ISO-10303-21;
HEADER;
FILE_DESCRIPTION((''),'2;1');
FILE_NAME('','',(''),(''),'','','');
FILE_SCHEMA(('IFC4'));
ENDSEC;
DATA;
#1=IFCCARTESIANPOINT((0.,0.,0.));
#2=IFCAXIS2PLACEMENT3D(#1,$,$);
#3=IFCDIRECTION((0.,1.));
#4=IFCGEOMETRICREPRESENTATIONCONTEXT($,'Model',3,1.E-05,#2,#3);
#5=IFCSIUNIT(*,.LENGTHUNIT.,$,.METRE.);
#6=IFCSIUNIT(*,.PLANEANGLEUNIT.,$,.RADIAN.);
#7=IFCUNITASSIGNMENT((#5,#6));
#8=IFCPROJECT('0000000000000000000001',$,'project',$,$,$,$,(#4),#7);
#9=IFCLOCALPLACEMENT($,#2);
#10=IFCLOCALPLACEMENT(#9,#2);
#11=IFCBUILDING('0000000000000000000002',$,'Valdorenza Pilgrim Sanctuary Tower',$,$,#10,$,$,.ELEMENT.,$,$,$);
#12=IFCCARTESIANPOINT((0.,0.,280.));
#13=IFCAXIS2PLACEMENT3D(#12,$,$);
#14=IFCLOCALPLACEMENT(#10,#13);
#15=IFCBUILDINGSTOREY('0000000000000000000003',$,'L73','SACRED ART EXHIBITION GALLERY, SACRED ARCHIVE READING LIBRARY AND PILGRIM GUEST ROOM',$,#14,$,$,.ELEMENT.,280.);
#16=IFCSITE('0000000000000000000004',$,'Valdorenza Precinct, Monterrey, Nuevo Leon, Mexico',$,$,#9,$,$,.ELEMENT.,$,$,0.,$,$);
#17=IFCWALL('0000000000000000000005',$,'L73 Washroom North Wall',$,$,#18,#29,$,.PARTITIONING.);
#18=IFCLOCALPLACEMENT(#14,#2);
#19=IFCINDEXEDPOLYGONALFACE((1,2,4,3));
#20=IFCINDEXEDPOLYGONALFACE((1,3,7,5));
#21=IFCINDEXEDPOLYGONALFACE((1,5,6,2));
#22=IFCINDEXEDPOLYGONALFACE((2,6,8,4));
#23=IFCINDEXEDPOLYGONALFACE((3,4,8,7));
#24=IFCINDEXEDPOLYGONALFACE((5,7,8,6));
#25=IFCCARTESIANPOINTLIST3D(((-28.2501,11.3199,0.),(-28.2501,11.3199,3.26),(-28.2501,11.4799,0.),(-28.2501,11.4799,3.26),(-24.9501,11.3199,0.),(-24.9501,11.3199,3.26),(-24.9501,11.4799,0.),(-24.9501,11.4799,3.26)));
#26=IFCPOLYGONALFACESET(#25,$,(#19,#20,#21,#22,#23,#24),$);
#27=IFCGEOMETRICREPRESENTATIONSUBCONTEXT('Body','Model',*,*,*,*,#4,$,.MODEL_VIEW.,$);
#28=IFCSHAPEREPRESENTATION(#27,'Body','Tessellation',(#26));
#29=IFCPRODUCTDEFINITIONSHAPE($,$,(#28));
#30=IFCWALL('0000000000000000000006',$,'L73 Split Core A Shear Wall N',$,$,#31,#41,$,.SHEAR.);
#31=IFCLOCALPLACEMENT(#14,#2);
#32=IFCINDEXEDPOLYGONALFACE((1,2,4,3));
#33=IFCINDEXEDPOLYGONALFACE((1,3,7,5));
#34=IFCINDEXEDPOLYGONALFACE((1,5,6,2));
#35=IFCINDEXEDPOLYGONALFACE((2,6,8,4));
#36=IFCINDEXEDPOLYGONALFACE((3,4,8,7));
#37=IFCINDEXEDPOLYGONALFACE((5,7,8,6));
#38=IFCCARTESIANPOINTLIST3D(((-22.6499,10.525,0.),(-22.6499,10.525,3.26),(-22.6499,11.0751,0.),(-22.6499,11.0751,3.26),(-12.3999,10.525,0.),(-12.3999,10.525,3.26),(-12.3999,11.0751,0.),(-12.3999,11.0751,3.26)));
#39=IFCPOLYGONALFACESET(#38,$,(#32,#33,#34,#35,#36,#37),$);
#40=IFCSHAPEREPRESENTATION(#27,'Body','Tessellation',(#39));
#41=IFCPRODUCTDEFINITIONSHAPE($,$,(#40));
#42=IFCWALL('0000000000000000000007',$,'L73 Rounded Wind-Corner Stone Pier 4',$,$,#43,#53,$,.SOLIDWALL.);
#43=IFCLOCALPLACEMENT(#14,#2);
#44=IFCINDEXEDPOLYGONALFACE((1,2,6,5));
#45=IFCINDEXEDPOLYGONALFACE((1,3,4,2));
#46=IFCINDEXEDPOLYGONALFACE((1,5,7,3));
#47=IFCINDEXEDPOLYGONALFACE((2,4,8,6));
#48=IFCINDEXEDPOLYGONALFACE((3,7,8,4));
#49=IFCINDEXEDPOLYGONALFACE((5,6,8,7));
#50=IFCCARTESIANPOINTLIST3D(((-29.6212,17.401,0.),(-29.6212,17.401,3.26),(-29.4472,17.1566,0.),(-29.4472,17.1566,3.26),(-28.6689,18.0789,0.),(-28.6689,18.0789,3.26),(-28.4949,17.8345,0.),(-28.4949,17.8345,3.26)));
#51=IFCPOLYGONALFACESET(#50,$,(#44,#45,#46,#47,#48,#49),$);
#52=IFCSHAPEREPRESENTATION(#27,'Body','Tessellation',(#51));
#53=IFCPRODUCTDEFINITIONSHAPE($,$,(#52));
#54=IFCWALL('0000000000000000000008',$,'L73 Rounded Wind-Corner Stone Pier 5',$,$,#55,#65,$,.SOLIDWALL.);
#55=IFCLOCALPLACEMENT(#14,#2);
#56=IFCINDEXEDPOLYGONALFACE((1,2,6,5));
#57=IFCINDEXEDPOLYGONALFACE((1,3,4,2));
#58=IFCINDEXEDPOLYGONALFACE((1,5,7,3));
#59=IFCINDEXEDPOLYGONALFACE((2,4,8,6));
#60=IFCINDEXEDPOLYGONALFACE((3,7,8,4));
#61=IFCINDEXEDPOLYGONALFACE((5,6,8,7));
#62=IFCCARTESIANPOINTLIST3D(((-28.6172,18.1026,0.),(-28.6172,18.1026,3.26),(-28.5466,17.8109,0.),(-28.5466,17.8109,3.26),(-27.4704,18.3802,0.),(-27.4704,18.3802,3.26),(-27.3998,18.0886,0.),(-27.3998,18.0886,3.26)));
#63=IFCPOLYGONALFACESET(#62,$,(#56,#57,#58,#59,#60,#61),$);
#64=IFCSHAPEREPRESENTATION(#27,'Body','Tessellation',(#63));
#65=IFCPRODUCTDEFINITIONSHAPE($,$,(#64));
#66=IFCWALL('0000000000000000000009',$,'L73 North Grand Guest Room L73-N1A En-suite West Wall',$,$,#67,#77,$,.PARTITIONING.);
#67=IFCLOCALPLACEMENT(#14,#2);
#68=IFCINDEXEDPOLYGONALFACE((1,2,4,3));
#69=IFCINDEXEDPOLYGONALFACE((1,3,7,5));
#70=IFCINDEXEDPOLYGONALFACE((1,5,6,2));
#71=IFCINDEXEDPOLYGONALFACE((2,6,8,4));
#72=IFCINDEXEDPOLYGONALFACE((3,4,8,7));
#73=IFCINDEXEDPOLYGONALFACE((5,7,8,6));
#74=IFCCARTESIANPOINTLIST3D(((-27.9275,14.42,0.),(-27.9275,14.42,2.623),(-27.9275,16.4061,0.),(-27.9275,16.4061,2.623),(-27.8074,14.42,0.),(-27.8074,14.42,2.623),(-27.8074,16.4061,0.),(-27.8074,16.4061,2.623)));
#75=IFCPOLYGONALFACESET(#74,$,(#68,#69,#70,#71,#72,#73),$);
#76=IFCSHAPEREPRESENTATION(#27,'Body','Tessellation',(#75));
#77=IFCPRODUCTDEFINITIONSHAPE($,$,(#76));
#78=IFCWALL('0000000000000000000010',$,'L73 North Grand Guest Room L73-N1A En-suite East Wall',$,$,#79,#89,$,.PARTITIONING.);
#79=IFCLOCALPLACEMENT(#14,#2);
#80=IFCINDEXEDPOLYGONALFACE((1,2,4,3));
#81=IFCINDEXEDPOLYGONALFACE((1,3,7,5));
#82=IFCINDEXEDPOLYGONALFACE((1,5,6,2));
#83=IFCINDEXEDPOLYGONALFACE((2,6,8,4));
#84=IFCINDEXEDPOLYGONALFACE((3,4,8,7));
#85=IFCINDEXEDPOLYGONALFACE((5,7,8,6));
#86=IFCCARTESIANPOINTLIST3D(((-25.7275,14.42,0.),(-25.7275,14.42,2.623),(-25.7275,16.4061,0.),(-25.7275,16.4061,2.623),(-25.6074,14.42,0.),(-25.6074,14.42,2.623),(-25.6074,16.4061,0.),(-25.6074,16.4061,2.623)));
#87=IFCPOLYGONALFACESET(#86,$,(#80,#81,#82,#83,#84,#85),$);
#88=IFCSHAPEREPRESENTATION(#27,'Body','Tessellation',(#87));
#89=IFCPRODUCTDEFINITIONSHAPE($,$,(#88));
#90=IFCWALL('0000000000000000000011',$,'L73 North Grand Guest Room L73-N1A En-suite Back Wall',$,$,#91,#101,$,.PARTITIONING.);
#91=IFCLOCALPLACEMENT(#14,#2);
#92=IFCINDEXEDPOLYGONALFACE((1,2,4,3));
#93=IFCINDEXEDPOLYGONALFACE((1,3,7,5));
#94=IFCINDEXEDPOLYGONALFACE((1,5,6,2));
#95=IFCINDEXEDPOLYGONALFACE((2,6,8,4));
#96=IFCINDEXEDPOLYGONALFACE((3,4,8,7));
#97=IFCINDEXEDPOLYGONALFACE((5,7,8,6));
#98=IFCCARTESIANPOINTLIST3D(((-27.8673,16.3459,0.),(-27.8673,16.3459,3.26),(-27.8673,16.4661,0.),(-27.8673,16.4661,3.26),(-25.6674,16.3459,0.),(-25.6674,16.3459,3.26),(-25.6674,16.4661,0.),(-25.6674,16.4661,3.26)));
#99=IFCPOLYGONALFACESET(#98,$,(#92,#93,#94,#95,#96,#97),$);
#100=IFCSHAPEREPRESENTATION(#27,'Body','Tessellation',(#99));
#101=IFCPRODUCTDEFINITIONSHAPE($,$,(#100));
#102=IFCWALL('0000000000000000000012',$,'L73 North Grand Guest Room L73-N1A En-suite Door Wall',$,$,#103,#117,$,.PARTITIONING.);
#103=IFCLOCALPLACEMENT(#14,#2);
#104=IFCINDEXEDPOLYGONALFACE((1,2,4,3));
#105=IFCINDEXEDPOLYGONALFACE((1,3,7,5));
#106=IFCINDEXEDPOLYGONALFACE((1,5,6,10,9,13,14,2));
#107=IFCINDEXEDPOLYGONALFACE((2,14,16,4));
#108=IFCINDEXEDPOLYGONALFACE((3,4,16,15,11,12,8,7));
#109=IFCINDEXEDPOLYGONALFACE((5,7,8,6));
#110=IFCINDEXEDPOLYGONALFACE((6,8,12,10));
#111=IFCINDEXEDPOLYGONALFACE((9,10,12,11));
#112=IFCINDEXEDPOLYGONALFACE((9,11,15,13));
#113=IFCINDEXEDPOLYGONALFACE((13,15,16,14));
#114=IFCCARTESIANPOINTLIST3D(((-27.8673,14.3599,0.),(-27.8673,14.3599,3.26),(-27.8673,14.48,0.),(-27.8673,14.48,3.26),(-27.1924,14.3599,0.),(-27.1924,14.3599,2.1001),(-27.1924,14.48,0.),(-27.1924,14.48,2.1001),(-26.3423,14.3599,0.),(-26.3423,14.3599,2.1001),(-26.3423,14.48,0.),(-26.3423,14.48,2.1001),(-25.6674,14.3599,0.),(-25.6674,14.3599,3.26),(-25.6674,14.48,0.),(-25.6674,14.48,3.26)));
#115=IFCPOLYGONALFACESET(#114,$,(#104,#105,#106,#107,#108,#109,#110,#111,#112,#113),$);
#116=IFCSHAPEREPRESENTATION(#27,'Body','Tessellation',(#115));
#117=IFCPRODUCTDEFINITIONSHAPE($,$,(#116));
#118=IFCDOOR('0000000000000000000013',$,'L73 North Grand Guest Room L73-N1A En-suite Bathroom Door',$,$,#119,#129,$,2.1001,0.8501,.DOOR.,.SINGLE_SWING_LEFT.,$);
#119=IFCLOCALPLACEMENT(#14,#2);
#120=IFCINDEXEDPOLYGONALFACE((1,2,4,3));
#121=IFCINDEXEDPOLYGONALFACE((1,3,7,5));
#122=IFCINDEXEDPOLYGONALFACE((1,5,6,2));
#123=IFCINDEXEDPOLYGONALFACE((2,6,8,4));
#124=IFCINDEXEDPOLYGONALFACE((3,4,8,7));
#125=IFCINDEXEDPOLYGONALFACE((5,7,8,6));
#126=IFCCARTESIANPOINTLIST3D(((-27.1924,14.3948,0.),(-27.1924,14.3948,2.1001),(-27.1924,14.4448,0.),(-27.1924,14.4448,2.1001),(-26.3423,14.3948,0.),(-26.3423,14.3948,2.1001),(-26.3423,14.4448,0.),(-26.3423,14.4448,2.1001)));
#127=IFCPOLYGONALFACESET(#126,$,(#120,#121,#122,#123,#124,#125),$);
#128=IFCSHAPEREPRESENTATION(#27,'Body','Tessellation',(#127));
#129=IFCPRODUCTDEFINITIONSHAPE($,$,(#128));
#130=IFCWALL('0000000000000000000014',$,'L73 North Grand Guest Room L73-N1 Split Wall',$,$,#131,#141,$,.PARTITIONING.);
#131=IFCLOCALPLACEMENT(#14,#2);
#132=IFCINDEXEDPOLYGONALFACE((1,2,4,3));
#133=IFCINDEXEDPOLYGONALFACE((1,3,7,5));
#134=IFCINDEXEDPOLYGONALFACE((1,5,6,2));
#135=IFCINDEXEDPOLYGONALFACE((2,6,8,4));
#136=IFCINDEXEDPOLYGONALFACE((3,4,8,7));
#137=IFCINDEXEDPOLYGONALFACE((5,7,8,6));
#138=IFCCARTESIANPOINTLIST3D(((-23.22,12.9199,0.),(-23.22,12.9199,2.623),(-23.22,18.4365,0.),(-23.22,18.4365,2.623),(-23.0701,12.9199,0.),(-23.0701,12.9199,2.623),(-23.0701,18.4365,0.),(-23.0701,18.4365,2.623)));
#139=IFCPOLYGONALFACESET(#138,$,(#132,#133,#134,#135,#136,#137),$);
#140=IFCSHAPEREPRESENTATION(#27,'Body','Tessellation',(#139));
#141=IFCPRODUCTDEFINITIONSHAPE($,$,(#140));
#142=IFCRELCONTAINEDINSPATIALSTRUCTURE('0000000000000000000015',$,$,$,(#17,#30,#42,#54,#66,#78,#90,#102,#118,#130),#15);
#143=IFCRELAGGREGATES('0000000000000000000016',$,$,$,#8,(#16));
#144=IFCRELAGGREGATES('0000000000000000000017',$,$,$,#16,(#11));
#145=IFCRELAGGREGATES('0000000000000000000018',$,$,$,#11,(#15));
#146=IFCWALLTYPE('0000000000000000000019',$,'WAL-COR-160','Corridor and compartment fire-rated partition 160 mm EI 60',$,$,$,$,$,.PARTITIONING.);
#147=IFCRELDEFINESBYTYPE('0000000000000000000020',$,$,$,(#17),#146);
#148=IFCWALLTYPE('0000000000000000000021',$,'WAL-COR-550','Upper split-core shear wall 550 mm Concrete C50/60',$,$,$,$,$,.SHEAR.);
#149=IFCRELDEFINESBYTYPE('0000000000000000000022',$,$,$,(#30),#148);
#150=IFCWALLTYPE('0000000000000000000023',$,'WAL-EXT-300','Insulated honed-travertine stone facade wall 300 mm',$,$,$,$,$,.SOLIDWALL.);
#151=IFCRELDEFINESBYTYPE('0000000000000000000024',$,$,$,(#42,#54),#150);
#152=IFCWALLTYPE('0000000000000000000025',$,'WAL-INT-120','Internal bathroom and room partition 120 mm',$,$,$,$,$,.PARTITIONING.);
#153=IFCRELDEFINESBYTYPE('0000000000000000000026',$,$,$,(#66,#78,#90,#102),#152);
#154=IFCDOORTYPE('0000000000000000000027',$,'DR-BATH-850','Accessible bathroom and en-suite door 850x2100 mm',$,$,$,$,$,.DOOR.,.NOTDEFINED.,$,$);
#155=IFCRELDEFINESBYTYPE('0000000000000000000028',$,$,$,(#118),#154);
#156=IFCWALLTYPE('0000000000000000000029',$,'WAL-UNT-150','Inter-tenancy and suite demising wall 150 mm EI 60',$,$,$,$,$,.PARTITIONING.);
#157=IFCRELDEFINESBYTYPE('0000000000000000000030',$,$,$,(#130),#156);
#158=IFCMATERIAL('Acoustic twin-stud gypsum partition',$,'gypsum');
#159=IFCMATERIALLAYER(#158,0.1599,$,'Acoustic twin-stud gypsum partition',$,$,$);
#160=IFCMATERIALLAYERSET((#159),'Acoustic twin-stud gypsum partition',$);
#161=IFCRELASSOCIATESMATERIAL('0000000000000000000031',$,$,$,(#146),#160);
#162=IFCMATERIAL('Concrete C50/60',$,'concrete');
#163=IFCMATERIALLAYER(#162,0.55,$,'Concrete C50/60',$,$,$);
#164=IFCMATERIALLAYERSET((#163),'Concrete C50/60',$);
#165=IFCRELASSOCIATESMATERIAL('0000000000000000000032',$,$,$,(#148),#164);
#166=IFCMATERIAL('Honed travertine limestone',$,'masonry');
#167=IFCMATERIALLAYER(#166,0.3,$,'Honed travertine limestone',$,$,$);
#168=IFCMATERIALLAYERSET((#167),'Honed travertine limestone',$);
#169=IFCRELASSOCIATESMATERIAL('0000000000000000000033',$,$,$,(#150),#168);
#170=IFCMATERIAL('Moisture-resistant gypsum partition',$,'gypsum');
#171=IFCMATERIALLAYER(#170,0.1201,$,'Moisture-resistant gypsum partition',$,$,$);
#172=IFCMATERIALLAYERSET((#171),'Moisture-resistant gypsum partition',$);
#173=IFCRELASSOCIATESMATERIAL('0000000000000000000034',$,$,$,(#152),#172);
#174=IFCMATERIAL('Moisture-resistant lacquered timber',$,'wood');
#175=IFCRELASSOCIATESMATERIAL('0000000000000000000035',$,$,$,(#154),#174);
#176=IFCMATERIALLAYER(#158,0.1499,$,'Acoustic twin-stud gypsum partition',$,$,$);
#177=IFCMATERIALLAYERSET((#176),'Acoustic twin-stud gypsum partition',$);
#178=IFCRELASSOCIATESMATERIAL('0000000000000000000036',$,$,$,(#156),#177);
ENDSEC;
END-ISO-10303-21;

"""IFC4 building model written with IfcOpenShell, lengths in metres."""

from ifc_helpers import new_model, si_unit, direction, frame, frame_2d, origin, place, context, subcontext, project, spatial, rectangle, extrude, material, layer, layer_set, type_object, element, fill, save


model = new_model("IFC4")

# Units and contexts
model_context = context("Model", 3, precision=1e-05, world=origin(), true_north=direction((0.0, 1.0)))
body_context = subcontext(model_context, "Body", "Model", "MODEL_VIEW")
ifc_project = project(units=[si_unit("LENGTHUNIT", "METRE"), si_unit("PLANEANGLEUNIT", "RADIAN")], contexts=[model_context])

# Site, building, storey
site_placement = place(None, origin())
site = spatial("IfcSite", under=ifc_project, at=site_placement, Name="Valdorenza Precinct, Monterrey, Nuevo Leon, Mexico", CompositionType="ELEMENT", RefElevation=0.0)
building_placement = place(site_placement, origin())
building = spatial("IfcBuilding", under=site, at=building_placement, Name="Valdorenza Pilgrim Sanctuary Tower", CompositionType="ELEMENT")
storey_placement = place(building_placement, frame((0.0, 0.0, 280.0)))
storey = spatial("IfcBuildingStorey", under=building, at=storey_placement, Name="L73", Description="SACRED ART EXHIBITION GALLERY, SACRED ARCHIVE READING LIBRARY AND PILGRIM GUEST ROOM", CompositionType="ELEMENT", Elevation=280.0)

# Shared definitions
ifc_material_1 = material(Name="Concrete C50/60", Category="concrete")

# Shared definitions
ifc_material_2 = material(Name="Honed travertine limestone", Category="masonry")

# Walls
ifc_material_3 = material(Name="Acoustic twin-stud gypsum partition", Category="gypsum")
ifc_layer_1 = layer(ifc_material_3, 0.1599, Name="Acoustic twin-stud gypsum partition")
ifc_layer_set_1 = layer_set([ifc_layer_1], Name="Acoustic twin-stud gypsum partition")
wall_type_1 = type_object("IfcWallType", Name="WAL-COR-160", Description="Corridor and compartment fire-rated partition 160 mm EI 60", PredefinedType="PARTITIONING", material=ifc_layer_set_1)
wall_1_placement = place(storey_placement, frame((-28.25, 11.3999, 0.0), z_axis=(0.0, 0.0, 1.0), x_axis=(1.0, 0.0, 0.0)))
element("IfcWall", 1, at=wall_1_placement, inside=storey, type_object=wall_type_1, Name="L73 Washroom North Wall", PredefinedType="PARTITIONING", context=body_context, shape_type="SweptSolid", body=[
    extrude(rectangle(XDim=3.3, YDim=0.1599, at=frame_2d((1.6499, 0.0))), origin(), (0.0, 0.0, 1.0), 3.26),
])
ifc_layer_2 = layer(ifc_material_1, 0.55, Name="Concrete C50/60")
ifc_layer_set_2 = layer_set([ifc_layer_2], Name="Concrete C50/60")
wall_type_2 = type_object("IfcWallType", Name="WAL-COR-550", Description="Upper split-core shear wall 550 mm Concrete C50/60", PredefinedType="SHEAR", material=ifc_layer_set_2)
wall_2_placement = place(storey_placement, frame((-22.6499, 10.8, 0.0), z_axis=(0.0, 0.0, 1.0), x_axis=(1.0, 0.0, 0.0)))
element("IfcWall", 2, at=wall_2_placement, inside=storey, type_object=wall_type_2, Name="L73 Split Core A Shear Wall N", PredefinedType="SHEAR", context=body_context, shape_type="SweptSolid", body=[
    extrude(rectangle(XDim=10.25, YDim=0.55, at=frame_2d((5.125, 0.0))), origin(), (0.0, 0.0, 1.0), 3.26),
])
ifc_layer_3 = layer(ifc_material_2, 0.3, Name="Honed travertine limestone")
ifc_layer_set_3 = layer_set([ifc_layer_3], Name="Honed travertine limestone")
wall_type_3 = type_object("IfcWallType", Name="WAL-EXT-300", Description="Insulated honed-travertine stone facade wall 300 mm", PredefinedType="SOLIDWALL", material=ifc_layer_set_3)
wall_3_placement = place(storey_placement, frame((-29.5342, 17.2788, 0.0), z_axis=(0.0, 0.0, 1.0), x_axis=(0.814664, 0.579934, 0.0)))
element("IfcWall", 3, at=wall_3_placement, inside=storey, type_object=wall_type_3, Name="L73 Rounded Wind-Corner Stone Pier 4", PredefinedType="SOLIDWALL", context=body_context, shape_type="SweptSolid", body=[
    extrude(rectangle(XDim=1.1689, YDim=0.3, at=frame_2d((0.5845, 0.0))), origin(), (0.0, 0.0, 1.0), 3.26),
])
wall_4_placement = place(storey_placement, frame((-28.5818, 17.9568, 0.0), z_axis=(0.0, 0.0, 1.0), x_axis=(0.971929, 0.235274, 0.0)))
element("IfcWall", 4, at=wall_4_placement, inside=storey, type_object=wall_type_3, Name="L73 Rounded Wind-Corner Stone Pier 5", PredefinedType="SOLIDWALL", context=body_context, shape_type="SweptSolid", body=[
    extrude(rectangle(XDim=1.1799, YDim=0.3, at=frame_2d((0.5898, 0.0))), origin(), (0.0, 0.0, 1.0), 3.26),
])
ifc_material_4 = material(Name="Moisture-resistant gypsum partition", Category="gypsum")
ifc_layer_4 = layer(ifc_material_4, 0.1201, Name="Moisture-resistant gypsum partition")
ifc_layer_set_4 = layer_set([ifc_layer_4], Name="Moisture-resistant gypsum partition")
wall_type_4 = type_object("IfcWallType", Name="WAL-INT-120", Description="Internal bathroom and room partition 120 mm", PredefinedType="PARTITIONING", material=ifc_layer_set_4)
for number, where, z_axis, x_axis, name in (
    (5, (-27.8674, 14.4199, 0.0), (0.0, 0.0, 1.0), (0.0, 1.0, 0.0), "L73 North Grand Guest Room L73-N1A En-suite West Wall"),
    (6, (-25.6675, 14.4199, 0.0), (0.0, 0.0, 1.0), (0.0, 1.0, 0.0), "L73 North Grand Guest Room L73-N1A En-suite East Wall"),
):
    element("IfcWall", number, at=place(storey_placement, frame(where, z_axis=z_axis, x_axis=x_axis)), inside=storey, type_object=wall_type_4, Name=name, PredefinedType="PARTITIONING", context=body_context, shape_type="SweptSolid", body=[
        extrude(rectangle(XDim=1.9861, YDim=0.1201, at=frame_2d((0.9932, 0.0))), origin(), (0.0, 0.0, 1.0), 2.623),
    ])
wall_5_placement = place(storey_placement, frame((-27.8674, 16.406, 0.0), z_axis=(0.0, 0.0, 1.0), x_axis=(1.0, 0.0, 0.0)))
element("IfcWall", 7, at=wall_5_placement, inside=storey, type_object=wall_type_4, Name="L73 North Grand Guest Room L73-N1A En-suite Back Wall", PredefinedType="PARTITIONING", context=body_context, shape_type="SweptSolid", body=[
    extrude(rectangle(XDim=2.2, YDim=0.1201, at=frame_2d((1.1001, 0.0))), origin(), (0.0, 0.0, 1.0), 3.26),
])

# Wall, opening, door
wall_6_placement = place(storey_placement, frame((-27.8674, 14.4199, 0.0), z_axis=(0.0, 0.0, 1.0), x_axis=(1.0, 0.0, 0.0)))
wall_6 = element("IfcWall", 8, at=wall_6_placement, inside=storey, type_object=wall_type_4, Name="L73 North Grand Guest Room L73-N1A En-suite Door Wall", PredefinedType="PARTITIONING", context=body_context, shape_type="SweptSolid", body=[
    extrude(rectangle(XDim=2.2, YDim=0.1201, at=frame_2d((1.1001, 0.0))), origin(), (0.0, 0.0, 1.0), 3.26),
])
opening_placement = place(wall_6_placement, frame((0.675, 0.0, 0.0)))
opening = element("IfcOpeningElement", 9, at=opening_placement, cuts=wall_6, PredefinedType="OPENING", context=body_context, shape_type="SweptSolid", body=[
    extrude(rectangle(XDim=0.8501, YDim=2.1001, at=frame_2d((0.425, 1.05))), frame((0.0, 0.075, 0.0), z_axis=(0.0, -1.0, 0.0), x_axis=(1.0, 0.0, 0.0)), (0.0, 0.0, 1.0), 0.1499),
])
ifc_material_5 = material(Name="Moisture-resistant lacquered timber", Category="wood")
door_type = type_object("IfcDoorType", Name="DR-BATH-850", Description="Accessible bathroom and en-suite door 850x2100 mm", OperationType="NOTDEFINED", PredefinedType="DOOR", material=ifc_material_5)
door_placement = place(opening_placement, origin())
door = element("IfcDoor", 10, at=door_placement, inside=storey, type_object=door_type, Name="L73 North Grand Guest Room L73-N1A En-suite Bathroom Door", OperationType="SINGLE_SWING_LEFT", OverallHeight=2.1001, OverallWidth=0.8501, PredefinedType="DOOR", context=body_context, shape_type="SweptSolid", body=[
    extrude(rectangle(XDim=0.8501, YDim=2.1001, at=frame_2d((0.425, 1.05))), frame((0.0, 0.0249, 0.0), z_axis=(0.0, -1.0, 0.0), x_axis=(1.0, 0.0, 0.0)), (0.0, 0.0, 1.0), 0.05),
])
fill(opening, door)

# Wall
ifc_layer_5 = layer(ifc_material_3, 0.1499, Name="Acoustic twin-stud gypsum partition")
ifc_layer_set_5 = layer_set([ifc_layer_5], Name="Acoustic twin-stud gypsum partition")
wall_type_5 = type_object("IfcWallType", Name="WAL-UNT-150", Description="Inter-tenancy and suite demising wall 150 mm EI 60", PredefinedType="PARTITIONING", material=ifc_layer_set_5)
wall_7_placement = place(storey_placement, frame((-23.145, 12.9199, 0.0), z_axis=(0.0, 0.0, 1.0), x_axis=(0.0, 1.0, 0.0)))
element("IfcWall", 11, at=wall_7_placement, inside=storey, type_object=wall_type_5, Name="L73 North Grand Guest Room L73-N1 Split Wall", PredefinedType="PARTITIONING", context=body_context, shape_type="SweptSolid", body=[
    extrude(rectangle(XDim=5.5166, YDim=0.1499, at=frame_2d((2.7583, 0.0))), origin(), (0.0, 0.0, 1.0), 2.623),
])

save(model, "model.ifc")
